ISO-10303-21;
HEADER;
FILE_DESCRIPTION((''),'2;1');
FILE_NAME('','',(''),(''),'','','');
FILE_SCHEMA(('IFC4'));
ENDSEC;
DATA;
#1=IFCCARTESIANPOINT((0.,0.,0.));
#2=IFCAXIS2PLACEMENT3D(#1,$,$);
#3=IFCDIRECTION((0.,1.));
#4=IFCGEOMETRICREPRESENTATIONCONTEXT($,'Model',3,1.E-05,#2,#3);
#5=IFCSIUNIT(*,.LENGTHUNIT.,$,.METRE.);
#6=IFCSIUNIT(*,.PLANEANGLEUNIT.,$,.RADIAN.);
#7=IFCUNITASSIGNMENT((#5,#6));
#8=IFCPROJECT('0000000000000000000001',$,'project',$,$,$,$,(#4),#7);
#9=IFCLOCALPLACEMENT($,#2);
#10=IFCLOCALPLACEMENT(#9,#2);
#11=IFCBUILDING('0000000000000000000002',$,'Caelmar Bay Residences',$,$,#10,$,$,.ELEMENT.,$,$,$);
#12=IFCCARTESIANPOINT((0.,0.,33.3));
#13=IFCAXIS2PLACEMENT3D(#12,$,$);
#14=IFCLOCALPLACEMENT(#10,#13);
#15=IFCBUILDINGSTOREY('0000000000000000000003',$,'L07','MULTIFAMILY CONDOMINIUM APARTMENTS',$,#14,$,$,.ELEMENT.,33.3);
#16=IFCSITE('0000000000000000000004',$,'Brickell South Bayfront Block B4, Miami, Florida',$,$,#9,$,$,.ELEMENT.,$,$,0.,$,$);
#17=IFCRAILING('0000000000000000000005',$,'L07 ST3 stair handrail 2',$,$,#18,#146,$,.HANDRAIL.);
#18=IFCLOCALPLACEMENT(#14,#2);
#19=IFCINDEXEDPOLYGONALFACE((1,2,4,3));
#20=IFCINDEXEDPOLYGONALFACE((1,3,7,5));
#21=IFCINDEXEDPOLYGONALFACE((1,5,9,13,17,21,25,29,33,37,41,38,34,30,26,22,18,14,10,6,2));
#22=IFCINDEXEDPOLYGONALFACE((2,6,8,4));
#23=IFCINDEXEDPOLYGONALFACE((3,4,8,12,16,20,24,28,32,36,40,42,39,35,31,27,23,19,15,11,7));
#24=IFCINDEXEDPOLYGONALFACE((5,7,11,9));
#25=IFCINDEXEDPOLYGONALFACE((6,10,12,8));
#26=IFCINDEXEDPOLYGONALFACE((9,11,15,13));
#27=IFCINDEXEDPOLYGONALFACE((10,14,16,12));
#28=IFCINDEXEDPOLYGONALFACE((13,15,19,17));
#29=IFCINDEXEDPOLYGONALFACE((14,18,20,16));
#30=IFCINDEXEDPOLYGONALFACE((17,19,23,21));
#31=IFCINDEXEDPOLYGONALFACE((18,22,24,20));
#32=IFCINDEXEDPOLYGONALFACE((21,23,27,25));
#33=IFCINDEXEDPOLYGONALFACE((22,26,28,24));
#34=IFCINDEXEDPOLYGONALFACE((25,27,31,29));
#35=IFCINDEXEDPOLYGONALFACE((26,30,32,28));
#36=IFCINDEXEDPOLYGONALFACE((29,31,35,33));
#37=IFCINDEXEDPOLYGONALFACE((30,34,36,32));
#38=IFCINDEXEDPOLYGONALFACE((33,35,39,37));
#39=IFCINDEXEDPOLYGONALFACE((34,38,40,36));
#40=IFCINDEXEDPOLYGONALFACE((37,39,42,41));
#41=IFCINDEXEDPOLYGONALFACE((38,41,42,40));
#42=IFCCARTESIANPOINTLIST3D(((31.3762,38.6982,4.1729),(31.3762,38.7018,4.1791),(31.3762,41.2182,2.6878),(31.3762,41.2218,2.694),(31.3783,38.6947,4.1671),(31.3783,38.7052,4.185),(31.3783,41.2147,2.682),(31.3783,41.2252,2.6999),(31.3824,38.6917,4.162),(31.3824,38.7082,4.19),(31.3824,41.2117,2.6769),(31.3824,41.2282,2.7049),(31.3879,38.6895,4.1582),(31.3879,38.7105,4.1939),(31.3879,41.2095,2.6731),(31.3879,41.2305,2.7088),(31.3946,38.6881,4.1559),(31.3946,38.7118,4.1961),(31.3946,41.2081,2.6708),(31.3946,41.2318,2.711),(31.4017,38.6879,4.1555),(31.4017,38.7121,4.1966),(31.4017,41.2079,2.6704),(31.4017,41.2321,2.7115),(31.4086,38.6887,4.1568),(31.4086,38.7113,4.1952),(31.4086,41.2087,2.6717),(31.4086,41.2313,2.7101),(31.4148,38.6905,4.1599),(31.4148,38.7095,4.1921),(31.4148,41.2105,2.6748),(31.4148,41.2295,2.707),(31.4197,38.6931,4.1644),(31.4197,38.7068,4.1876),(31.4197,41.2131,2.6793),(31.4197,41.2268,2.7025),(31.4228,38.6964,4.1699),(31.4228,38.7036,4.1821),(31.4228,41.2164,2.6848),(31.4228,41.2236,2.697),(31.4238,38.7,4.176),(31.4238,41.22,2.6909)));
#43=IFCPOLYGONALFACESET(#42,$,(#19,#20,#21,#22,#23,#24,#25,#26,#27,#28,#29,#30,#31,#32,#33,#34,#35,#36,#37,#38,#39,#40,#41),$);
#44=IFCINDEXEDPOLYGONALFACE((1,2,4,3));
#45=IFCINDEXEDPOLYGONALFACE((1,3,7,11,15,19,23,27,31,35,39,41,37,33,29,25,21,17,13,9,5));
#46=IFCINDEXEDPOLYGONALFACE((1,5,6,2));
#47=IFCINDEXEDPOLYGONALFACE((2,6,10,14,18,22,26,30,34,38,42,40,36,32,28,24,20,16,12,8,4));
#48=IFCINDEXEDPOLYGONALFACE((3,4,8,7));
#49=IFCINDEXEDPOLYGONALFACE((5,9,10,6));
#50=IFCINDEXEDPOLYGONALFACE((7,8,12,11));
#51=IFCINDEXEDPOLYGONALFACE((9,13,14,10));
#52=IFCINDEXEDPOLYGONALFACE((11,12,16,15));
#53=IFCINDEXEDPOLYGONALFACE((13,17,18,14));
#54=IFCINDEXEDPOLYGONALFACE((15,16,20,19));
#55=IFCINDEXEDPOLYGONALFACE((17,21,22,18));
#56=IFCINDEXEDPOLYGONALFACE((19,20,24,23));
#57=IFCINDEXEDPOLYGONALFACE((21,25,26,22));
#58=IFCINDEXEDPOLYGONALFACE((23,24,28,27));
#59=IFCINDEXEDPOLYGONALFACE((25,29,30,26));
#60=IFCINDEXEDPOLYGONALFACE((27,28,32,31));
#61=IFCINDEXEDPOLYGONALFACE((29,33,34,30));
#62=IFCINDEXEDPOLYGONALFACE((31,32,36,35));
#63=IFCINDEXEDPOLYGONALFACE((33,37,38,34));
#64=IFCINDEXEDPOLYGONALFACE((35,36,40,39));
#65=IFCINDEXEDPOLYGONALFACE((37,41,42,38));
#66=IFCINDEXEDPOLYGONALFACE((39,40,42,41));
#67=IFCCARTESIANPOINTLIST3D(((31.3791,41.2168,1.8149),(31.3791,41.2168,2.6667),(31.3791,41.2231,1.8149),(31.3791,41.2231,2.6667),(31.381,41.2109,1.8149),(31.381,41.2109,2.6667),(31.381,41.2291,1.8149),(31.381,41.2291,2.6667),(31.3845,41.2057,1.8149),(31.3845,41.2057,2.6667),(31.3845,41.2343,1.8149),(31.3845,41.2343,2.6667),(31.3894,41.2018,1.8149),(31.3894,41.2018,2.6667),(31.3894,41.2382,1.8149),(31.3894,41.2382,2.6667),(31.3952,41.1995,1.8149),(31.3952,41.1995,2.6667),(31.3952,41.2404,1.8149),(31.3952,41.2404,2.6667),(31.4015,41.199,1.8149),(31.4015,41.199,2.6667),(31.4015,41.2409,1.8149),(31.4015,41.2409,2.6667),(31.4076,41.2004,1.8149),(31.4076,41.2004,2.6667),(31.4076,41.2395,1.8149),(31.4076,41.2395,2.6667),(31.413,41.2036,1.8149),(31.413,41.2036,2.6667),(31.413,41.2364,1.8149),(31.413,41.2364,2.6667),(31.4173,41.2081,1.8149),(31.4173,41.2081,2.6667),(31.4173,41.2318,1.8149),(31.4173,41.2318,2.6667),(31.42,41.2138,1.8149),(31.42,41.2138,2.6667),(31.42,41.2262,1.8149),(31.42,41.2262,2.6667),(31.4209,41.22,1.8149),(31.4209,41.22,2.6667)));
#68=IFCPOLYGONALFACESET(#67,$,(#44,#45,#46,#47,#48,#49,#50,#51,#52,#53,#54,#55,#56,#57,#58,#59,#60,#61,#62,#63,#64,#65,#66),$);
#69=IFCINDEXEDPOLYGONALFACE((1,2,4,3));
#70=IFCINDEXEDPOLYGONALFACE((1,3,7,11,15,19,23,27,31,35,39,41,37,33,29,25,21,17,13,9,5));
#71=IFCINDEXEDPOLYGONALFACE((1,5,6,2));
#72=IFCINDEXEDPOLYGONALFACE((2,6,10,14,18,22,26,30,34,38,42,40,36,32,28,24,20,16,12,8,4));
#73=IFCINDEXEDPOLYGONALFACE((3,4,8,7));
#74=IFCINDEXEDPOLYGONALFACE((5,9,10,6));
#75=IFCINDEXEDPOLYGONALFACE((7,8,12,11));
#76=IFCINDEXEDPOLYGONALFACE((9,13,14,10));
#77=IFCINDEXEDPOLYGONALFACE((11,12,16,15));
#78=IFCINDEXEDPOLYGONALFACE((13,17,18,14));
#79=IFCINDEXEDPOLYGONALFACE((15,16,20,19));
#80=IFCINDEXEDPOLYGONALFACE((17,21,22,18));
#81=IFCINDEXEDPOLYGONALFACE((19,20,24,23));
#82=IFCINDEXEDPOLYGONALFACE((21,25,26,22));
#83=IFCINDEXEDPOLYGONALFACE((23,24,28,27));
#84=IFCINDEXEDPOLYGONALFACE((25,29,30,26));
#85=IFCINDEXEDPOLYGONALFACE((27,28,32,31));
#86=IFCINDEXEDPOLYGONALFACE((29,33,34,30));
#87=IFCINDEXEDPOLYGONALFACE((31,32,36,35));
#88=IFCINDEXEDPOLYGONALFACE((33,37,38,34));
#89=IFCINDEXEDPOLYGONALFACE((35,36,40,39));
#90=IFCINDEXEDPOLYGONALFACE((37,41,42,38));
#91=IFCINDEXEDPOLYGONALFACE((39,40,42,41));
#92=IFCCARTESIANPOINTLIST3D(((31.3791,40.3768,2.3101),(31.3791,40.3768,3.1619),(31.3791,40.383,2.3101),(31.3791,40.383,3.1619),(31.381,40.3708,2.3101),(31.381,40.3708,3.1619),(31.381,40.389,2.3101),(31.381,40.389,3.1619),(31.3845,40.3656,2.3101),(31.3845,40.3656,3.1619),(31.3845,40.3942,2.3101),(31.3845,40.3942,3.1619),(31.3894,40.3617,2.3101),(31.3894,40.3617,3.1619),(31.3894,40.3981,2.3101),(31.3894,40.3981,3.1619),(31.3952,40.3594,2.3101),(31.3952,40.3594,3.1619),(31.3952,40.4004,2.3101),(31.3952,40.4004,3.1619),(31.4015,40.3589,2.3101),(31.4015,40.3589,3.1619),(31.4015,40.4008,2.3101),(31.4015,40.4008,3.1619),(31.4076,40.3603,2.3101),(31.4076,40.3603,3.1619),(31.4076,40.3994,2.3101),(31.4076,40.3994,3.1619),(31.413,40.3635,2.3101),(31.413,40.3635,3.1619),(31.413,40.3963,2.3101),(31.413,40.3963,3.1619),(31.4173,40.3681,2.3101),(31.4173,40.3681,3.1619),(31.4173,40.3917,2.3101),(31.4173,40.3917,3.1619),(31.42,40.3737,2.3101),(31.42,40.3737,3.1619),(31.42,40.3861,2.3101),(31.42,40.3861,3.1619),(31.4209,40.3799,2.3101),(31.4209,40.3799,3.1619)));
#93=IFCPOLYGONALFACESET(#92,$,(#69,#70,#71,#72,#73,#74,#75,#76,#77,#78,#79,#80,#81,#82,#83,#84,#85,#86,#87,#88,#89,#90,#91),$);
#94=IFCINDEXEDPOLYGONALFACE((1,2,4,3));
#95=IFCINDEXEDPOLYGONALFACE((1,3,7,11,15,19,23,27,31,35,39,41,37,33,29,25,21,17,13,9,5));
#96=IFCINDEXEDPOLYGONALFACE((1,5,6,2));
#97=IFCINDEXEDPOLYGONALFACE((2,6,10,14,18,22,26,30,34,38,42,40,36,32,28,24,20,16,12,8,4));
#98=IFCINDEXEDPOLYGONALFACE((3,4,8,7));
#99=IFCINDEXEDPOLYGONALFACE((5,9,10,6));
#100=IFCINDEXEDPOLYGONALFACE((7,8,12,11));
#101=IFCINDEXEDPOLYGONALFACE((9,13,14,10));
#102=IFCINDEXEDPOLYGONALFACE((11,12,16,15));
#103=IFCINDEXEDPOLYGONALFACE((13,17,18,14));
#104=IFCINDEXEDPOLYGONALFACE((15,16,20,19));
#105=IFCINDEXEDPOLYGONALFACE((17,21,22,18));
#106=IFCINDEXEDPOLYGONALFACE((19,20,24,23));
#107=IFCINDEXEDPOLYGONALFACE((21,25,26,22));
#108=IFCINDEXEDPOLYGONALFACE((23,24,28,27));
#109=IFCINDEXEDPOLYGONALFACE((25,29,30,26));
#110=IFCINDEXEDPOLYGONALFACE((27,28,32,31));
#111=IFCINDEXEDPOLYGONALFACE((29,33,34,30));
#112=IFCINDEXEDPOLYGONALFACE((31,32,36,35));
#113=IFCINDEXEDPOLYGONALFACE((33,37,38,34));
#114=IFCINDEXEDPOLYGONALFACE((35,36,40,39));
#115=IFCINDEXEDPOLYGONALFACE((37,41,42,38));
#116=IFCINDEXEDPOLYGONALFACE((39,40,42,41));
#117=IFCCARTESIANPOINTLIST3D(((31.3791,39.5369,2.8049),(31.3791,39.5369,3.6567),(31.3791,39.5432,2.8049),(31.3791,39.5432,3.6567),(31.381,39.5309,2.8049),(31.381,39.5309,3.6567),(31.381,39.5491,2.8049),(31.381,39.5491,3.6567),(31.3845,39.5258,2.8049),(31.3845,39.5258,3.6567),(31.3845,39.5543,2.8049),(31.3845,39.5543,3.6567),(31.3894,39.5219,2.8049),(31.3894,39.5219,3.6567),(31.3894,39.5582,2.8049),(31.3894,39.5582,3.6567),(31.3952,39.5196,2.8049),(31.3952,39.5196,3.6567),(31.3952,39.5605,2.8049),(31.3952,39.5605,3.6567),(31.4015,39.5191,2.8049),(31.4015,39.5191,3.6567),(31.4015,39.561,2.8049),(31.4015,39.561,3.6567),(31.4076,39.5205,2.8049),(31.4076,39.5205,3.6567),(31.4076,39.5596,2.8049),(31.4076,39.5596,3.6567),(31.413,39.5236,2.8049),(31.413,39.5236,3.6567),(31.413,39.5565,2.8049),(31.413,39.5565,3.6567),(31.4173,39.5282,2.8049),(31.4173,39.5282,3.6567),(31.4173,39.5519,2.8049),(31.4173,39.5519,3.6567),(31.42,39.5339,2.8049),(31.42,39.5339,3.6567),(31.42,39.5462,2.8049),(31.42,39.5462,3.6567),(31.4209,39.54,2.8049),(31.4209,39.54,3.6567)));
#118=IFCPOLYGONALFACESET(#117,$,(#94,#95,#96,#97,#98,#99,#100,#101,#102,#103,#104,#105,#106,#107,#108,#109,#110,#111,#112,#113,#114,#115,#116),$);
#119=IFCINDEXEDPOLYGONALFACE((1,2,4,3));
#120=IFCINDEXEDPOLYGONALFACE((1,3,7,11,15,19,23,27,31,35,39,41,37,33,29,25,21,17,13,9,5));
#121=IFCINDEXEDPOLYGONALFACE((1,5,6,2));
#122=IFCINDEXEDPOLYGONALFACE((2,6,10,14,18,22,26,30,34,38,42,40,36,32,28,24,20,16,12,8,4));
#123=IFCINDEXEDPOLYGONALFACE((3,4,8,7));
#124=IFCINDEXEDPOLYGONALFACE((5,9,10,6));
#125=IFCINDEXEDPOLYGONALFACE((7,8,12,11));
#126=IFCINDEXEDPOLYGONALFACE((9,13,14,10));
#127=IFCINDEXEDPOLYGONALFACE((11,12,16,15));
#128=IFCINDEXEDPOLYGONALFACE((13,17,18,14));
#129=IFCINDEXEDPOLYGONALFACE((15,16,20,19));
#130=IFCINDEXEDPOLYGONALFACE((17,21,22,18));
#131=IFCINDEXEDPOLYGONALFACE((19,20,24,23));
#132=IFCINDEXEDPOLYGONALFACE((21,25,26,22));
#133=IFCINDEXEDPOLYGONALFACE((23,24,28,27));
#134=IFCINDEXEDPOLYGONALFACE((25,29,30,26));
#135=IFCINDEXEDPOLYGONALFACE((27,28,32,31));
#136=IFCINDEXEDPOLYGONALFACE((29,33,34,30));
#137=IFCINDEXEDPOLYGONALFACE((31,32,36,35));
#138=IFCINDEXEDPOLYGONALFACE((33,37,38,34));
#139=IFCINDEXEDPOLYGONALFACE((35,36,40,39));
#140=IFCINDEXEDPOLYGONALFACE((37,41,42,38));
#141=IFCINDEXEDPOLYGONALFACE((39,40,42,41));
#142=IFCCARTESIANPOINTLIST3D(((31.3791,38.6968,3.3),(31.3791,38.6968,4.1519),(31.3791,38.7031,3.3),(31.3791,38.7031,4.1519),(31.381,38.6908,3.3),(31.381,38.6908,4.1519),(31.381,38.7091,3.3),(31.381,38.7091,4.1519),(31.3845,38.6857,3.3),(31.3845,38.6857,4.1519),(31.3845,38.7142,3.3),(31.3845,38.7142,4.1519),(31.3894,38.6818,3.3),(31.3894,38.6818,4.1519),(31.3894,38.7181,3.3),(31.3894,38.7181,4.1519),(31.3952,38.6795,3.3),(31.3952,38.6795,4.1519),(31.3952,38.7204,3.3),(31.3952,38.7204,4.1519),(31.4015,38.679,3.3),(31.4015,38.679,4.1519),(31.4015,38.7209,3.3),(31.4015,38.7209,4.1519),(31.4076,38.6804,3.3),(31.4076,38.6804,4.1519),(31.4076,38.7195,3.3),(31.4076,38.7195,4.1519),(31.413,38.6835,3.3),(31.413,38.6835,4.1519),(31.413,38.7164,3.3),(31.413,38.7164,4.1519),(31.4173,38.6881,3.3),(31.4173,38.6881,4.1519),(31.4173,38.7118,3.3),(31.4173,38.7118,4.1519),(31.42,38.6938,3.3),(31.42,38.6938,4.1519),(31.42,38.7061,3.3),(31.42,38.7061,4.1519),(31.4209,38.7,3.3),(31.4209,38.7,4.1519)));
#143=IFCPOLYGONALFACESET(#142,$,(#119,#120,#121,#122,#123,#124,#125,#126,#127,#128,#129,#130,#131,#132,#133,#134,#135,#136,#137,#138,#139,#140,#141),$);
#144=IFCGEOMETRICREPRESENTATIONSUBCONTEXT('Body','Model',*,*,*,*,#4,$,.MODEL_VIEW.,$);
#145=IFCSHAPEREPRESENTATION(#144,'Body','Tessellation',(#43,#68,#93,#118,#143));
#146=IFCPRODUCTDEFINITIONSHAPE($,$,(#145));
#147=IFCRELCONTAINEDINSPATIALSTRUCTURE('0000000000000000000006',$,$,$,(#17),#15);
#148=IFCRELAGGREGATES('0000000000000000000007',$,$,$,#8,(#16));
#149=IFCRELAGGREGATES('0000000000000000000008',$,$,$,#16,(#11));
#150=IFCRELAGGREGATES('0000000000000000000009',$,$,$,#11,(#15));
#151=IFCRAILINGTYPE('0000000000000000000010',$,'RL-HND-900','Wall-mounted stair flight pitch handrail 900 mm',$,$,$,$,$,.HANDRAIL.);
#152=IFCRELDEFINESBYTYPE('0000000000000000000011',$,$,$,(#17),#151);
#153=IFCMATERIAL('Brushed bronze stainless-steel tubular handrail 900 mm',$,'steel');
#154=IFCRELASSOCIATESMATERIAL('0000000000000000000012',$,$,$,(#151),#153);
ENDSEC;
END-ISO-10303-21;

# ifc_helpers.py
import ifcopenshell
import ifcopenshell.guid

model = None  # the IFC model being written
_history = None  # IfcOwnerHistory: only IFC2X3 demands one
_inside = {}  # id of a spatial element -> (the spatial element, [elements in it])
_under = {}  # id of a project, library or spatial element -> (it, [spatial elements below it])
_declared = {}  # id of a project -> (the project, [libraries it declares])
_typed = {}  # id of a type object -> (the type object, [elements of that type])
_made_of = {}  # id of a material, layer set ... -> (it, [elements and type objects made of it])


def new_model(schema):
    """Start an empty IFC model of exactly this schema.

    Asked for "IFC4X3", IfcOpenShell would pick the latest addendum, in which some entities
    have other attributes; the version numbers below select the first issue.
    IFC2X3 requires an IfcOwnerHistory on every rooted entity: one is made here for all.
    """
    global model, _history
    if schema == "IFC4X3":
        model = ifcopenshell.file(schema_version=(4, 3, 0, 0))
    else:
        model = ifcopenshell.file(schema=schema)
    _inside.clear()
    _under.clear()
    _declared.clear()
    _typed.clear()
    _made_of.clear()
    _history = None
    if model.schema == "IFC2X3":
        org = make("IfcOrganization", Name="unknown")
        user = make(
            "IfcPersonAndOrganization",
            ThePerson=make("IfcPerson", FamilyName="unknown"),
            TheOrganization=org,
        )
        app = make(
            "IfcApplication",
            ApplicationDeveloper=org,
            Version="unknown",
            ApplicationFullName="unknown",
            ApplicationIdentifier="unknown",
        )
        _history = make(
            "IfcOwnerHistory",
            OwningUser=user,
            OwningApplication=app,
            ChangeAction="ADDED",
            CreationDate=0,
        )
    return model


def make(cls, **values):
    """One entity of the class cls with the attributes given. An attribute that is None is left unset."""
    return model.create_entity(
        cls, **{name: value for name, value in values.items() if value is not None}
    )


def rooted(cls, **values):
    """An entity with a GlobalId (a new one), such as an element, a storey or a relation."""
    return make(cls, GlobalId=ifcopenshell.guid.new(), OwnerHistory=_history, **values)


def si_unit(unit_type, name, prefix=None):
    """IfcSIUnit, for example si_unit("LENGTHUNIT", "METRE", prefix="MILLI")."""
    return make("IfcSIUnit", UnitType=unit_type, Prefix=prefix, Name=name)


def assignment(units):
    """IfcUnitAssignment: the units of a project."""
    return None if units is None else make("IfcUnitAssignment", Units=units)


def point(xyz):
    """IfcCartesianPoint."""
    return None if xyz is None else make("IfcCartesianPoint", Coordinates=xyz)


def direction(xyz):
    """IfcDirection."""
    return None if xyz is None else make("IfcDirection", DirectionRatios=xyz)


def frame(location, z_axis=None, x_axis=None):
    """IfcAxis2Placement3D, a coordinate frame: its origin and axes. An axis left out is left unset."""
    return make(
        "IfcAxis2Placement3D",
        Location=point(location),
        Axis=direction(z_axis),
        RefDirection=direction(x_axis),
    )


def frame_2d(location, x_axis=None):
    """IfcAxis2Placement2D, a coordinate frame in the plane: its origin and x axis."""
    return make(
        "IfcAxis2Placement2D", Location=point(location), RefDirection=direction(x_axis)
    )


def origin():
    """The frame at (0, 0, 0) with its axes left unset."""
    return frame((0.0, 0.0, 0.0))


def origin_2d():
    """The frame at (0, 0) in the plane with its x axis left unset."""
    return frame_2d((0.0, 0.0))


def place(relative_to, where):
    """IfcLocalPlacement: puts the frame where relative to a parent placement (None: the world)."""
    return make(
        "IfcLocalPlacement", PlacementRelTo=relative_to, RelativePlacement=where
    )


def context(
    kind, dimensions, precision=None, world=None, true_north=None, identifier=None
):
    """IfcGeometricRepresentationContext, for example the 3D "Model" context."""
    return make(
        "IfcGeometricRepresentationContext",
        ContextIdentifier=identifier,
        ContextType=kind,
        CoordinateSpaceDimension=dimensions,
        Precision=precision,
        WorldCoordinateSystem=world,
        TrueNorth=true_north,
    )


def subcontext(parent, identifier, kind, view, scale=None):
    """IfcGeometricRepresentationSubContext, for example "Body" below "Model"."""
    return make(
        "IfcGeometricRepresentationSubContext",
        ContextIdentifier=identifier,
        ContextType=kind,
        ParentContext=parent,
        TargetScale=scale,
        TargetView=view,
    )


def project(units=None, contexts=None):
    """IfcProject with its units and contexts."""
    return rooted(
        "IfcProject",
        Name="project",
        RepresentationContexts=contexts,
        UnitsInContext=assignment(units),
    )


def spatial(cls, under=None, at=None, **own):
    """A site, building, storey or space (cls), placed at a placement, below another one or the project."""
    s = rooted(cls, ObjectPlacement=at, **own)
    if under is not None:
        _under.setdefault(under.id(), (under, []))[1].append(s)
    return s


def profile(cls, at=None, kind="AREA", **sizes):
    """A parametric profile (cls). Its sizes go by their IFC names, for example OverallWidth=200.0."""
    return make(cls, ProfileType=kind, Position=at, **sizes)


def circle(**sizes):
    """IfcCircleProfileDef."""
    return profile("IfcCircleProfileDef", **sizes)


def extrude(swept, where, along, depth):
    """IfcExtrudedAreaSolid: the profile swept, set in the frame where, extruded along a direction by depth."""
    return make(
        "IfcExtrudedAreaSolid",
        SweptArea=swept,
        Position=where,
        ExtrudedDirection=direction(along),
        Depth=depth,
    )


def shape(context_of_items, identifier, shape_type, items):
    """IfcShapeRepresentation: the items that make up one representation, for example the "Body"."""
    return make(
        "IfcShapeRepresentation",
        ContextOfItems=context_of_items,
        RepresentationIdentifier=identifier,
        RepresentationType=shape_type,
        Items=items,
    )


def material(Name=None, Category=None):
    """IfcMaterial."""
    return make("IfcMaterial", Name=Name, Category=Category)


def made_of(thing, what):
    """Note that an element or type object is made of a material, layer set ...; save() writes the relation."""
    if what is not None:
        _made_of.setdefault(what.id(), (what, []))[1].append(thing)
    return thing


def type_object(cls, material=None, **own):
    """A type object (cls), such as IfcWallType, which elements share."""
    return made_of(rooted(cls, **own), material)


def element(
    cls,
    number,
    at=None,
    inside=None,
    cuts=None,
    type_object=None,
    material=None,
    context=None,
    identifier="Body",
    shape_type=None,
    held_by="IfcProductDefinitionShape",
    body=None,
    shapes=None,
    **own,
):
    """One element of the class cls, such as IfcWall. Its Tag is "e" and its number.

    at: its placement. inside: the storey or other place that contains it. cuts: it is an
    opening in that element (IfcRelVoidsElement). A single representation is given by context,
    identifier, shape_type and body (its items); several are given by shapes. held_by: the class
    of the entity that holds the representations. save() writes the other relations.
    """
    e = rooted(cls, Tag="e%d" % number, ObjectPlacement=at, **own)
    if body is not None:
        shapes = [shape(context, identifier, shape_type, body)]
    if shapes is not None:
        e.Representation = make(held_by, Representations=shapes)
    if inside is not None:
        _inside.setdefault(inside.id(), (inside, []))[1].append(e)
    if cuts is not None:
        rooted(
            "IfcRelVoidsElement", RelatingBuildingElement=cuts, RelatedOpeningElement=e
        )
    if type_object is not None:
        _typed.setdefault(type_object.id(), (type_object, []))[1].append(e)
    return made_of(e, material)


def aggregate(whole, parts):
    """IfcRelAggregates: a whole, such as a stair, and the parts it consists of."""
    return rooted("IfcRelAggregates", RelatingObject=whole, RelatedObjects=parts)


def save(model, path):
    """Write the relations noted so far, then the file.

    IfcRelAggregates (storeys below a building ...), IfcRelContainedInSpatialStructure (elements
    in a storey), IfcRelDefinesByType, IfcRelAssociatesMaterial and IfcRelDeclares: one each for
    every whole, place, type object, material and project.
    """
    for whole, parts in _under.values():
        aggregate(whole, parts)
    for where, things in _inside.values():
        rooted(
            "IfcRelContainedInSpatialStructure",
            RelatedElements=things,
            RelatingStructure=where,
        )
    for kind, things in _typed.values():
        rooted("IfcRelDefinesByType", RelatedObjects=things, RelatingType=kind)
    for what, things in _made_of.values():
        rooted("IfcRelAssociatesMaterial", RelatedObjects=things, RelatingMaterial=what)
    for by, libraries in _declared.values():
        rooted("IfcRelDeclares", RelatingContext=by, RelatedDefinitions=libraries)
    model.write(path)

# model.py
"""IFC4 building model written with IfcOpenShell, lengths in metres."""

from ifc_helpers import new_model, si_unit, direction, frame, origin, origin_2d, place, context, subcontext, project, spatial, circle, extrude, material, type_object, element, save


model = new_model("IFC4")

# Units and contexts
model_context = context("Model", 3, precision=1e-05, world=origin(), true_north=direction((0.0, 1.0)))
body_context = subcontext(model_context, "Body", "Model", "MODEL_VIEW")
ifc_project = project(units=[si_unit("LENGTHUNIT", "METRE"), si_unit("PLANEANGLEUNIT", "RADIAN")], contexts=[model_context])

# Site, building, storey
site_placement = place(None, origin())
site = spatial("IfcSite", under=ifc_project, at=site_placement, Name="Brickell South Bayfront Block B4, Miami, Florida", CompositionType="ELEMENT", RefElevation=0.0)
building_placement = place(site_placement, origin())
building = spatial("IfcBuilding", under=site, at=building_placement, Name="Caelmar Bay Residences", CompositionType="ELEMENT")
storey_placement = place(building_placement, frame((0.0, 0.0, 33.3)))
storey = spatial("IfcBuildingStorey", under=building, at=storey_placement, Name="L07", Description="MULTIFAMILY CONDOMINIUM APARTMENTS", CompositionType="ELEMENT", Elevation=33.3)

# Railing
ifc_material_1 = material(Name="Brushed bronze stainless-steel tubular handrail 900 mm", Category="steel")
railing_type_1 = type_object("IfcRailingType", Name="RL-HND-900", Description="Wall-mounted stair flight pitch handrail 900 mm", PredefinedType="HANDRAIL", material=ifc_material_1)
railing_1_placement = place(storey_placement, frame((31.3999, 41.22, 1.8149)))
element("IfcRailing", 1, at=railing_1_placement, inside=storey, type_object=railing_type_1, Name="L07 ST3 stair handrail 2", PredefinedType="HANDRAIL", context=body_context, shape_type="SweptSolid", body=[
    extrude(circle(Radius=0.0239, at=origin_2d()), frame((0.0, 0.0, 0.876), z_axis=(0.0, -0.861524, 0.507717), x_axis=(1.0, 0.0, 0.0)), (0.0, 0.0, 1.0), 2.925),
    extrude(circle(Radius=0.021, at=origin_2d()), origin(), (0.0, 0.0, 1.0), 0.8518),
    extrude(circle(Radius=0.021, at=origin_2d()), frame((0.0, -0.8401, 0.4951)), (0.0, 0.0, 1.0), 0.8518),
    extrude(circle(Radius=0.021, at=origin_2d()), frame((0.0, -1.6799, 0.99)), (0.0, 0.0, 1.0), 0.8518),
    extrude(circle(Radius=0.021, at=origin_2d()), frame((0.0, -2.52, 1.4851)), (0.0, 0.0, 1.0), 0.8518),
])

save(model, "model.ifc")
